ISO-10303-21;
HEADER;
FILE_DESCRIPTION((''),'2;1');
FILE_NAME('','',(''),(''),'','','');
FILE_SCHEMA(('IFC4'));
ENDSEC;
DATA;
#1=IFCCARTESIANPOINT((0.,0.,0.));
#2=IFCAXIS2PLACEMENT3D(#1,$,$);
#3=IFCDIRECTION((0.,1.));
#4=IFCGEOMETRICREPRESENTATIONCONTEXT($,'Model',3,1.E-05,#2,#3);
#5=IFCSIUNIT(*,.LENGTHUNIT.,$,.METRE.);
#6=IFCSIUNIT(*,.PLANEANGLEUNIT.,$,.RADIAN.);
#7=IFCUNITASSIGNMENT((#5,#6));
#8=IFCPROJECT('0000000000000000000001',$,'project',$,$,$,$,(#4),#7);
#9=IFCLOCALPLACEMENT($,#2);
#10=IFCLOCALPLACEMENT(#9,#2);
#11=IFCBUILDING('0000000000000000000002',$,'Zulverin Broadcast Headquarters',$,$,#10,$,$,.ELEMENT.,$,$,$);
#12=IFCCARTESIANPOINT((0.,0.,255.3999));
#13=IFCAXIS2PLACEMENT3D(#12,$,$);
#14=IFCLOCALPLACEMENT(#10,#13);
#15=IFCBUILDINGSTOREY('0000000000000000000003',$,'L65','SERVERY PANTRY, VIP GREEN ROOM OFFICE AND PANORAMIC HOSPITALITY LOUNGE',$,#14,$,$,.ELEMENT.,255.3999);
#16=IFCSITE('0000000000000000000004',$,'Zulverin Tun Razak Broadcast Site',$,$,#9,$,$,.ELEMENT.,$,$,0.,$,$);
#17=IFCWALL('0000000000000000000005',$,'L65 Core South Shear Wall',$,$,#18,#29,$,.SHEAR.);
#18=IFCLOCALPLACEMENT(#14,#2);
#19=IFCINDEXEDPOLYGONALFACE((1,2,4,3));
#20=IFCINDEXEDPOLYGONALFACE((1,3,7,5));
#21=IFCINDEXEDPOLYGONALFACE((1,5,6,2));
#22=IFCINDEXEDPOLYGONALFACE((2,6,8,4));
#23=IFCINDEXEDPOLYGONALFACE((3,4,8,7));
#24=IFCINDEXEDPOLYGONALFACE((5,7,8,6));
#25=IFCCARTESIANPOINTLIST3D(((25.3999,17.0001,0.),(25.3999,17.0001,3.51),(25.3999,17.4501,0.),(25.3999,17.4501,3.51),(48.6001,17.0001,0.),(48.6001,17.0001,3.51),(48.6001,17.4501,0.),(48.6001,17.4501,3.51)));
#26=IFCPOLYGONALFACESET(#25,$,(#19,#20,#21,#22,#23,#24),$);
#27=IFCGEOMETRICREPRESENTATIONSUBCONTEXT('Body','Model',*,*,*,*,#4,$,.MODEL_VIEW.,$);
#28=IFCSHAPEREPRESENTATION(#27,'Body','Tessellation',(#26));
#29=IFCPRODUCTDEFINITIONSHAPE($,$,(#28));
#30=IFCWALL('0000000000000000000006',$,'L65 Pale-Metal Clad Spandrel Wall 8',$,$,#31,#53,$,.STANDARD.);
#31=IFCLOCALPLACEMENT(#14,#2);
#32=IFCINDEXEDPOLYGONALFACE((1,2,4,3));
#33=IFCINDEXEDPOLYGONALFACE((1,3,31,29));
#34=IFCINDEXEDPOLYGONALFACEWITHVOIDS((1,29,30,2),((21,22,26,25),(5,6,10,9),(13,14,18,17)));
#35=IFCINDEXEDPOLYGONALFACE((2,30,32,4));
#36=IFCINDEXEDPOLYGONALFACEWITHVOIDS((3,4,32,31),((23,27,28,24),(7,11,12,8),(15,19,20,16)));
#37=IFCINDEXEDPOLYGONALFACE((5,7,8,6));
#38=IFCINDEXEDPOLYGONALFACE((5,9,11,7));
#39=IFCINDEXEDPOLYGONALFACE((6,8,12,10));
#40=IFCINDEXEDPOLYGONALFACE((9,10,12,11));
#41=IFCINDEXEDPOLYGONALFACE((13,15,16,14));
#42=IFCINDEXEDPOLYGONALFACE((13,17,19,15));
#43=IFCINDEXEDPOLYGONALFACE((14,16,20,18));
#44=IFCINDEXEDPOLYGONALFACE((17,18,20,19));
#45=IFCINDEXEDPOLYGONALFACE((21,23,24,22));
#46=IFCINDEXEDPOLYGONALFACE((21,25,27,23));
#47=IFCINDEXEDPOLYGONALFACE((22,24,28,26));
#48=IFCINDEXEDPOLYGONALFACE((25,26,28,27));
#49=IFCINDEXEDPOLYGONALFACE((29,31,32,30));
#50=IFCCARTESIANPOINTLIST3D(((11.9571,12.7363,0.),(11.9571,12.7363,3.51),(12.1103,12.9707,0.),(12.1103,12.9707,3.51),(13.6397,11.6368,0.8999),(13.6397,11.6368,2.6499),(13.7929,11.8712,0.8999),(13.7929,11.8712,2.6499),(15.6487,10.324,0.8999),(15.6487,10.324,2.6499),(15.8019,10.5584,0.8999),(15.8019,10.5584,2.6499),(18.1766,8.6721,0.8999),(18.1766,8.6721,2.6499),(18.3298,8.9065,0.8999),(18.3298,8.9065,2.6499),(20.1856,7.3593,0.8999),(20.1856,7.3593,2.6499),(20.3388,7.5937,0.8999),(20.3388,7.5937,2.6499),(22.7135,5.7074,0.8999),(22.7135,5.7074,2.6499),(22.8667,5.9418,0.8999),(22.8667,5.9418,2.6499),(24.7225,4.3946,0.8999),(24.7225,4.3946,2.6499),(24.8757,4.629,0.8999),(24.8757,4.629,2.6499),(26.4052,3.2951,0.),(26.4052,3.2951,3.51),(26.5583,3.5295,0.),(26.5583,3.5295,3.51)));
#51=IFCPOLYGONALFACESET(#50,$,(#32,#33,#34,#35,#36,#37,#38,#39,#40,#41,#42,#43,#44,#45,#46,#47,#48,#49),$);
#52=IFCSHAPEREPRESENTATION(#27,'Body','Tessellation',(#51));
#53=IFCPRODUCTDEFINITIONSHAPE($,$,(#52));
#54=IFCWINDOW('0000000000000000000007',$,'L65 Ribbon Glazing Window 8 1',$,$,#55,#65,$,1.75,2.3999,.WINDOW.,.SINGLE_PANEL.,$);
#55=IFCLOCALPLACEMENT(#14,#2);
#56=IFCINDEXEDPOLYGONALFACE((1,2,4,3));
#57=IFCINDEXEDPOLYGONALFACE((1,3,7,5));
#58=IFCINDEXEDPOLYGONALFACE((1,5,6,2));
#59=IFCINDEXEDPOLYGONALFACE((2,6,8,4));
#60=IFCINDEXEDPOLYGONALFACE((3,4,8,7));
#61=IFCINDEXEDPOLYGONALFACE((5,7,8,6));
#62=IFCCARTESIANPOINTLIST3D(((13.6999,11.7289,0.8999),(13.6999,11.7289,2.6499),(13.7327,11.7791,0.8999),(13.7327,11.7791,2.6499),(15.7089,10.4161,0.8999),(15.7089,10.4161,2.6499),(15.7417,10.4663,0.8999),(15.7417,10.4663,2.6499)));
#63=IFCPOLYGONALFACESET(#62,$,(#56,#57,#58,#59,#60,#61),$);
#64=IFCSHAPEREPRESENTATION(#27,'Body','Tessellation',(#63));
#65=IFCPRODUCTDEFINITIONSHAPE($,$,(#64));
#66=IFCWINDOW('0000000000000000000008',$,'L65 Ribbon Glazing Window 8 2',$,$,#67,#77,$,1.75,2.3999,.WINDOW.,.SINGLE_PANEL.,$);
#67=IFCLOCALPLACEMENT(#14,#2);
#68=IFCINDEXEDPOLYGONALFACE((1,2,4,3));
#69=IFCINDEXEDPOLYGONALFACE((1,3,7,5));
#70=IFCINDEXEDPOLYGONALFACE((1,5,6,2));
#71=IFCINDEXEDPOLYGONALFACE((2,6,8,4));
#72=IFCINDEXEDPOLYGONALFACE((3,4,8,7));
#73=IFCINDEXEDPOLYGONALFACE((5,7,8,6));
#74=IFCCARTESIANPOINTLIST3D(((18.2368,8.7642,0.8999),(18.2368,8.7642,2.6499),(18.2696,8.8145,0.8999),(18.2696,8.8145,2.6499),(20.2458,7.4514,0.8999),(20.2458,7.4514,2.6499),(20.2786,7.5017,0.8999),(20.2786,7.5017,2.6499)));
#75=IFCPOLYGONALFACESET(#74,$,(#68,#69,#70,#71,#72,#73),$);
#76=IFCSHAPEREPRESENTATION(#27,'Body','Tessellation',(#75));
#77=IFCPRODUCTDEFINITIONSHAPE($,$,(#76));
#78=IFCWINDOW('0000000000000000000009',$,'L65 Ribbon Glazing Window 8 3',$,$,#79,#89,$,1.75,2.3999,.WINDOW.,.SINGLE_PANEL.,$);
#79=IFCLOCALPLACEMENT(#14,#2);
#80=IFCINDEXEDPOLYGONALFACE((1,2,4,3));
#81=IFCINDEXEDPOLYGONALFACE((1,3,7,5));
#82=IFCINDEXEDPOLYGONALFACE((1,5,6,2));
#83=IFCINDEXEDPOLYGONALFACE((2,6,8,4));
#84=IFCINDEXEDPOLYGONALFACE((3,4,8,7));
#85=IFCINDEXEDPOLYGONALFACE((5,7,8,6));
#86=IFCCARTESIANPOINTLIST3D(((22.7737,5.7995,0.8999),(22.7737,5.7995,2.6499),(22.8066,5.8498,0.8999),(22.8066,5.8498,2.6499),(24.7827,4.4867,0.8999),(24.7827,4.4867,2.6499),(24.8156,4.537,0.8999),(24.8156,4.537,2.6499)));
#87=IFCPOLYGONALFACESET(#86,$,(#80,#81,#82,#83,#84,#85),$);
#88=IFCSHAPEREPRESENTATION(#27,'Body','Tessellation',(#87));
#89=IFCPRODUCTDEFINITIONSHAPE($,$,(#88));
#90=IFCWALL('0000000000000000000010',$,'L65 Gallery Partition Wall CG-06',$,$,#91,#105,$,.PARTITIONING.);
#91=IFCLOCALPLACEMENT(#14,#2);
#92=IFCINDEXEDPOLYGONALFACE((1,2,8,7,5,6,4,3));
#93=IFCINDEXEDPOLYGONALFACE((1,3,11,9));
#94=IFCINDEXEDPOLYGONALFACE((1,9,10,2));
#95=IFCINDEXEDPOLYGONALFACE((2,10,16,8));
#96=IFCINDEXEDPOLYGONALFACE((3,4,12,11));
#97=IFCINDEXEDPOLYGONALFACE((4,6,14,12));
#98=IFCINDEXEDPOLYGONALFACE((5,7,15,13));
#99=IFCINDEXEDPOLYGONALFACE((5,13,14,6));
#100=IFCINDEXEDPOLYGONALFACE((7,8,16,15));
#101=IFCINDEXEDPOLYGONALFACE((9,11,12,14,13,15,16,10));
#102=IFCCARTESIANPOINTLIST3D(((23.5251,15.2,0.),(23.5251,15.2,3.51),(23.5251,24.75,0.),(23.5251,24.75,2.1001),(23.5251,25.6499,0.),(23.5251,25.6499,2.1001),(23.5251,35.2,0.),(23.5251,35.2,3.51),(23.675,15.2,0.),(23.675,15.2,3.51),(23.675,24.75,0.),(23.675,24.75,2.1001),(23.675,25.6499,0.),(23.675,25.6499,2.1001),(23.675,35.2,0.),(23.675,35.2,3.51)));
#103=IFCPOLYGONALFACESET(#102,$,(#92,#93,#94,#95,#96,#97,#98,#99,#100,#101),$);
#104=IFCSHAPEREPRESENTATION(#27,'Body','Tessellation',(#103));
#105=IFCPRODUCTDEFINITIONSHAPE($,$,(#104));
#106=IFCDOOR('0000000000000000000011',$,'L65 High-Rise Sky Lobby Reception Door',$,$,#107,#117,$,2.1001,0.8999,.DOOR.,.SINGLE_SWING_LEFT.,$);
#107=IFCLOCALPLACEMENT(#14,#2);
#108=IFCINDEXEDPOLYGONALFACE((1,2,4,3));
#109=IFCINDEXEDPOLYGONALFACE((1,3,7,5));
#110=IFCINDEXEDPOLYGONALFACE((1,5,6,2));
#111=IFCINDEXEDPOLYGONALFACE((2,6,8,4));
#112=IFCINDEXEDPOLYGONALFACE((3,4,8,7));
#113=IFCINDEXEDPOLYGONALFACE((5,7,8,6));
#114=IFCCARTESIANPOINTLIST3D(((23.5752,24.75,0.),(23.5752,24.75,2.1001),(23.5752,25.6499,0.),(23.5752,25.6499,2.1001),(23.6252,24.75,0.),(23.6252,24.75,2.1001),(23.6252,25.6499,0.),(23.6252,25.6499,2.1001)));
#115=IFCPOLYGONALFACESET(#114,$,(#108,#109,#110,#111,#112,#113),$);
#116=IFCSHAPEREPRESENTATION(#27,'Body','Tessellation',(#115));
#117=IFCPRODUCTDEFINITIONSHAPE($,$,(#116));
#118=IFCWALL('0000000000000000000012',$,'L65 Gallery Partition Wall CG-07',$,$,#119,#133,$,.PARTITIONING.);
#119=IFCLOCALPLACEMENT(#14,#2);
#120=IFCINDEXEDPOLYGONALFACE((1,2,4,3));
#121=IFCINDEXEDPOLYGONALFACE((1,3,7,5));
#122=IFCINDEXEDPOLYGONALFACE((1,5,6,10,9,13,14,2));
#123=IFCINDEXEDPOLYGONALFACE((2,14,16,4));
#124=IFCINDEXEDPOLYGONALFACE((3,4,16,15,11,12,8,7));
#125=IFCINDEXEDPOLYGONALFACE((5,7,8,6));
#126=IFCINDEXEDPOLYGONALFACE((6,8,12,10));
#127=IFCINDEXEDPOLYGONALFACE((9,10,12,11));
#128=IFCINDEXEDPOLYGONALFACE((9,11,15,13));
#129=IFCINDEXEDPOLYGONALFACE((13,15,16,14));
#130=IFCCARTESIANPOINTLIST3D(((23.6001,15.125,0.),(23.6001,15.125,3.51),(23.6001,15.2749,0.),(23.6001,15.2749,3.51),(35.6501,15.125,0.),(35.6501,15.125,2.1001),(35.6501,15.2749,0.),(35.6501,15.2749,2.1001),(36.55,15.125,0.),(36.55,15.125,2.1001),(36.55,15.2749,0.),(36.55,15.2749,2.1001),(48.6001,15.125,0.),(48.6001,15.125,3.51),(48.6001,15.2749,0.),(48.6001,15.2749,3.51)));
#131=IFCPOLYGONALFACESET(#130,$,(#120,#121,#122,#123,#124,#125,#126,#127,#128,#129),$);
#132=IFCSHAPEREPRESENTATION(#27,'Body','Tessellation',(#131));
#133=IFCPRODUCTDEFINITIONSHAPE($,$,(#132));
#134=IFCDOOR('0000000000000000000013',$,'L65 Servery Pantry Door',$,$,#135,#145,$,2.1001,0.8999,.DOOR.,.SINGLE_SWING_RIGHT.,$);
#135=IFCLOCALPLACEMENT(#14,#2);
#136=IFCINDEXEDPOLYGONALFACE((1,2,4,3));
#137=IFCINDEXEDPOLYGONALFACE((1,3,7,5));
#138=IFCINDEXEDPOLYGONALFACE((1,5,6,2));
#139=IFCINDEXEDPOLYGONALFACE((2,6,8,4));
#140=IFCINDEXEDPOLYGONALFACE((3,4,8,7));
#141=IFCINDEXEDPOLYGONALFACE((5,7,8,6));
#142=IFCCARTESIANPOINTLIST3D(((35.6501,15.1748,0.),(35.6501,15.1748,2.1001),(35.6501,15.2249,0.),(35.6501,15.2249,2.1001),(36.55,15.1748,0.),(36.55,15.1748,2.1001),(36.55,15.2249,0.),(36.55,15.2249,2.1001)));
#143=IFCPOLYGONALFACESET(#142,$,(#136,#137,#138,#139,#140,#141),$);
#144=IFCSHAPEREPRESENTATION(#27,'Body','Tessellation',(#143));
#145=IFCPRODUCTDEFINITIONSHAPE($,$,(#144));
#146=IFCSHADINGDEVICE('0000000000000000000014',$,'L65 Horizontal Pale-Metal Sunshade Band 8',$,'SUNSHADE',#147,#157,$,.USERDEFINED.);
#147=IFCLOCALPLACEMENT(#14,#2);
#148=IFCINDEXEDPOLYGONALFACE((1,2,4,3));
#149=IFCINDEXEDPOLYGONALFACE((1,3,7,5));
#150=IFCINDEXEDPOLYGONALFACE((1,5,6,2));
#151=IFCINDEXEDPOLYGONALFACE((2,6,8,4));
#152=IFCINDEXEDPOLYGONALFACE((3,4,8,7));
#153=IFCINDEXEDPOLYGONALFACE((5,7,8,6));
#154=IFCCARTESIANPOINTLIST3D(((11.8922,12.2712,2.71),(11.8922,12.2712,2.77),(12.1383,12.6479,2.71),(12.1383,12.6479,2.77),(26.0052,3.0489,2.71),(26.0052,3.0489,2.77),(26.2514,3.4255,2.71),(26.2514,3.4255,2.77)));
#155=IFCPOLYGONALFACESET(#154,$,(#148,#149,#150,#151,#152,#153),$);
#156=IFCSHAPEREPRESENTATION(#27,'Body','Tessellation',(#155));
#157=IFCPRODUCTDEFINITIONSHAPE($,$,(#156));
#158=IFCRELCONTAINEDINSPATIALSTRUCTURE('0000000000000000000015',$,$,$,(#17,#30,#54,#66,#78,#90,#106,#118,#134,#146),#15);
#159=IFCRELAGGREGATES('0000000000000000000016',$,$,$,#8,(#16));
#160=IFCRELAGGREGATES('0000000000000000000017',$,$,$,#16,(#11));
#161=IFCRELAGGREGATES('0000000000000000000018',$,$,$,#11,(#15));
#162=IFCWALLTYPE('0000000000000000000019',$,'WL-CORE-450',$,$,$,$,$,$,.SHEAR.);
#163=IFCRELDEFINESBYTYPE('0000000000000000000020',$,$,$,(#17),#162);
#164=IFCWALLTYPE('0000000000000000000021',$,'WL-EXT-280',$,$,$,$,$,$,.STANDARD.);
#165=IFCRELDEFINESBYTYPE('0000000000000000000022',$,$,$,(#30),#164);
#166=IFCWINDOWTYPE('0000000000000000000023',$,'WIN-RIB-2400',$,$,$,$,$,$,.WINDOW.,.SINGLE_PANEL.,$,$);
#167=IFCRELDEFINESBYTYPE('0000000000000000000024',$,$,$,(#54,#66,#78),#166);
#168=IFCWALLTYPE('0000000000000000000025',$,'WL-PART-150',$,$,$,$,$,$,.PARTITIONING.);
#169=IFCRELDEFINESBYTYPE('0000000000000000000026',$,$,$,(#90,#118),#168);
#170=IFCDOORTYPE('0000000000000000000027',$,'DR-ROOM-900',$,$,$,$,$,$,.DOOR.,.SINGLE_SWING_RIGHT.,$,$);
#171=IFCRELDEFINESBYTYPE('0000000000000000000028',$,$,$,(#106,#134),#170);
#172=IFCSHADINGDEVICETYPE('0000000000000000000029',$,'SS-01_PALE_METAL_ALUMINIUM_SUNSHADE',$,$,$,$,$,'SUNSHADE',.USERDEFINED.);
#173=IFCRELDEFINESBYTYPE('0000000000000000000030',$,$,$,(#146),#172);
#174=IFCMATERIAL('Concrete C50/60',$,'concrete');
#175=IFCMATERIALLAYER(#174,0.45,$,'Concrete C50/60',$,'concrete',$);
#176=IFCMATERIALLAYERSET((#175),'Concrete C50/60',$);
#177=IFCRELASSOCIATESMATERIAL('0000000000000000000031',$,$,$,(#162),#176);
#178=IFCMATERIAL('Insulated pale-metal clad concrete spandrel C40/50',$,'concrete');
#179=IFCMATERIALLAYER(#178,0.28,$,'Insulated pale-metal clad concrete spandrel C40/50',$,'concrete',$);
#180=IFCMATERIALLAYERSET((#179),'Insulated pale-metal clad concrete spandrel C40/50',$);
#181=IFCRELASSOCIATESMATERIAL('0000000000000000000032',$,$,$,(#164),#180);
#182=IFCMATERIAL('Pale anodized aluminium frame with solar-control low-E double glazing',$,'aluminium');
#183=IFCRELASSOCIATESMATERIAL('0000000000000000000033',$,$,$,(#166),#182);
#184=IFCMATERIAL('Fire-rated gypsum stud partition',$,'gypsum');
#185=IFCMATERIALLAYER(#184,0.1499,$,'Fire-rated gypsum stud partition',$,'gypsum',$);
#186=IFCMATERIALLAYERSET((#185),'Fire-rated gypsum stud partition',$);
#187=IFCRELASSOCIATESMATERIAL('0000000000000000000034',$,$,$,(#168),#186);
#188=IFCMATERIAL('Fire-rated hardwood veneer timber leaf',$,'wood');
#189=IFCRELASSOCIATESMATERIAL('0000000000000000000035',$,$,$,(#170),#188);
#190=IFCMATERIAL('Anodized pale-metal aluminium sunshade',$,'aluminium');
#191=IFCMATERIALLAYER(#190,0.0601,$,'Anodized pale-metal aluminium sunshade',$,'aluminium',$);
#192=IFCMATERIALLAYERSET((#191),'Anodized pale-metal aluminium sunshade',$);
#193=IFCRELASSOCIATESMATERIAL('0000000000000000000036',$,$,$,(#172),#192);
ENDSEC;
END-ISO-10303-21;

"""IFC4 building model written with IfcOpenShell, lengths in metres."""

from ifc_helpers import new_model, si_unit, direction, frame, frame_2d, origin, origin_2d, place, context, subcontext, project, spatial, rectangle, extrude, material, layer, layer_set, type_object, element, fill, save


model = new_model("IFC4")

# Units and contexts
model_context = context("Model", 3, precision=1e-05, world=origin(), true_north=direction((0.0, 1.0)))
body_context = subcontext(model_context, "Body", "Model", "MODEL_VIEW")
ifc_project = project(units=[si_unit("LENGTHUNIT", "METRE"), si_unit("PLANEANGLEUNIT", "RADIAN")], contexts=[model_context])

# Site, building, storey
site_placement = place(None, origin())
site = spatial("IfcSite", under=ifc_project, at=site_placement, Name="Zulverin Tun Razak Broadcast Site", CompositionType="ELEMENT", RefElevation=0.0)
building_placement = place(site_placement, origin())
building = spatial("IfcBuilding", under=site, at=building_placement, Name="Zulverin Broadcast Headquarters", CompositionType="ELEMENT")
storey_placement = place(building_placement, frame((0.0, 0.0, 255.3999)))
storey = spatial("IfcBuildingStorey", under=building, at=storey_placement, Name="L65", Description="SERVERY PANTRY, VIP GREEN ROOM OFFICE AND PANORAMIC HOSPITALITY LOUNGE", CompositionType="ELEMENT", Elevation=255.3999)

# Shared definitions
ifc_material_1 = material(Name="Concrete C50/60", Category="concrete")

# Wall
ifc_layer_1 = layer(ifc_material_1, 0.45, Name="Concrete C50/60", Category="concrete")
ifc_layer_set_1 = layer_set([ifc_layer_1], Name="Concrete C50/60")
wall_type_1 = type_object("IfcWallType", Name="WL-CORE-450", PredefinedType="SHEAR", material=ifc_layer_set_1)
wall_1_placement = place(storey_placement, frame((25.3999, 17.2251, 0.0), z_axis=(0.0, 0.0, 1.0), x_axis=(1.0, 0.0, 0.0)))
element("IfcWall", 1, at=wall_1_placement, inside=storey, type_object=wall_type_1, Name="L65 Core South Shear Wall", PredefinedType="SHEAR", context=body_context, shape_type="SweptSolid", body=[
    extrude(rectangle(XDim=23.2002, YDim=0.45, at=frame_2d((11.6001, 0.0))), origin(), (0.0, 0.0, 1.0), 3.51),
])

# Wall, openings, windows
ifc_material_2 = material(Name="Insulated pale-metal clad concrete spandrel C40/50", Category="concrete")
ifc_layer_2 = layer(ifc_material_2, 0.28, Name="Insulated pale-metal clad concrete spandrel C40/50", Category="concrete")
ifc_layer_set_2 = layer_set([ifc_layer_2], Name="Insulated pale-metal clad concrete spandrel C40/50")
wall_type_2 = type_object("IfcWallType", Name="WL-EXT-280", PredefinedType="STANDARD", material=ifc_layer_set_2)
wall_2_placement = place(storey_placement, frame((12.0337, 12.8535, 0.0), z_axis=(0.0, 0.0, 1.0), x_axis=(0.837118, -0.547022, 0.0)))
wall_2 = element("IfcWall", 2, at=wall_2_placement, inside=storey, type_object=wall_type_2, Name="L65 Pale-Metal Clad Spandrel Wall 8", PredefinedType="STANDARD", context=body_context, shape_type="SweptSolid", body=[
    extrude(rectangle(XDim=17.2593, YDim=0.28, at=frame_2d((8.6296, 0.0))), origin(), (0.0, 0.0, 1.0), 3.51),
])
opening_1_placement = place(wall_2_placement, frame((2.01, 0.0, 0.8999)))
opening_1 = element("IfcOpeningElement", 3, at=opening_1_placement, cuts=wall_2, PredefinedType="OPENING", context=body_context, shape_type="SweptSolid", body=[
    extrude(rectangle(XDim=2.3999, YDim=1.75, at=frame_2d((1.2, 0.875))), frame((0.0, 0.1499, 0.0), z_axis=(0.0, -1.0, 0.0), x_axis=(1.0, 0.0, 0.0)), (0.0, 0.0, 1.0), 0.3),
])
opening_2_placement = place(wall_2_placement, frame((7.4297, 0.0, 0.8999)))
opening_2 = element("IfcOpeningElement", 4, at=opening_2_placement, cuts=wall_2, PredefinedType="OPENING", context=body_context, shape_type="SweptSolid", body=[
    extrude(rectangle(XDim=2.3999, YDim=1.75, at=frame_2d((1.2, 0.875))), frame((0.0, 0.1499, 0.0), z_axis=(0.0, -1.0, 0.0), x_axis=(1.0, 0.0, 0.0)), (0.0, 0.0, 1.0), 0.3),
])
opening_3_placement = place(wall_2_placement, frame((12.8494, 0.0, 0.8999)))
opening_3 = element("IfcOpeningElement", 5, at=opening_3_placement, cuts=wall_2, PredefinedType="OPENING", context=body_context, shape_type="SweptSolid", body=[
    extrude(rectangle(XDim=2.3999, YDim=1.75, at=frame_2d((1.2, 0.875))), frame((0.0, 0.1499, 0.0), z_axis=(0.0, -1.0, 0.0), x_axis=(1.0, 0.0, 0.0)), (0.0, 0.0, 1.0), 0.3),
])
ifc_material_3 = material(Name="Pale anodized aluminium frame with solar-control low-E double glazing", Category="aluminium")
window_type = type_object("IfcWindowType", Name="WIN-RIB-2400", PartitioningType="SINGLE_PANEL", PredefinedType="WINDOW", material=ifc_material_3)
window_1_placement = place(opening_1_placement, origin())
window_1 = element("IfcWindow", 6, at=window_1_placement, inside=storey, type_object=window_type, Name="L65 Ribbon Glazing Window 8 1", OverallHeight=1.75, OverallWidth=2.3999, PartitioningType="SINGLE_PANEL", PredefinedType="WINDOW", context=body_context, shape_type="SweptSolid", body=[
    extrude(rectangle(XDim=2.3999, YDim=1.75, at=frame_2d((1.2, 0.875))), frame((0.0, 0.03, 0.0), z_axis=(0.0, -1.0, 0.0), x_axis=(1.0, 0.0, 0.0)), (0.0, 0.0, 1.0), 0.0601),
])
fill(opening_1, window_1)
window_2_placement = place(opening_2_placement, origin())
window_2 = element("IfcWindow", 7, at=window_2_placement, inside=storey, type_object=window_type, Name="L65 Ribbon Glazing Window 8 2", OverallHeight=1.75, OverallWidth=2.3999, PartitioningType="SINGLE_PANEL", PredefinedType="WINDOW", context=body_context, shape_type="SweptSolid", body=[
    extrude(rectangle(XDim=2.3999, YDim=1.75, at=frame_2d((1.2, 0.875))), frame((0.0, 0.03, 0.0), z_axis=(0.0, -1.0, 0.0), x_axis=(1.0, 0.0, 0.0)), (0.0, 0.0, 1.0), 0.0601),
])
fill(opening_2, window_2)
window_3_placement = place(opening_3_placement, origin())
window_3 = element("IfcWindow", 8, at=window_3_placement, inside=storey, type_object=window_type, Name="L65 Ribbon Glazing Window 8 3", OverallHeight=1.75, OverallWidth=2.3999, PartitioningType="SINGLE_PANEL", PredefinedType="WINDOW", context=body_context, shape_type="SweptSolid", body=[
    extrude(rectangle(XDim=2.3999, YDim=1.75, at=frame_2d((1.2, 0.875))), frame((0.0, 0.03, 0.0), z_axis=(0.0, -1.0, 0.0), x_axis=(1.0, 0.0, 0.0)), (0.0, 0.0, 1.0), 0.0601),
])
fill(opening_3, window_3)

# Walls, openings, doors
ifc_material_4 = material(Name="Fire-rated gypsum stud partition", Category="gypsum")
ifc_layer_3 = layer(ifc_material_4, 0.1499, Name="Fire-rated gypsum stud partition", Category="gypsum")
ifc_layer_set_3 = layer_set([ifc_layer_3], Name="Fire-rated gypsum stud partition")
wall_type_3 = type_object("IfcWallType", Name="WL-PART-150", PredefinedType="PARTITIONING", material=ifc_layer_set_3)
wall_3_placement = place(storey_placement, frame((23.6001, 15.2, 0.0), z_axis=(0.0, 0.0, 1.0), x_axis=(0.0, 1.0, 0.0)))
wall_3 = element("IfcWall", 9, at=wall_3_placement, inside=storey, type_object=wall_type_3, Name="L65 Gallery Partition Wall CG-06", PredefinedType="PARTITIONING", context=body_context, shape_type="SweptSolid", body=[
    extrude(rectangle(XDim=20.0, YDim=0.1499, at=frame_2d((10.0, 0.0))), origin(), (0.0, 0.0, 1.0), 3.51),
])
opening_4_placement = place(wall_3_placement, frame((9.55, 0.0, 0.0)))
opening_4 = element("IfcOpeningElement", 10, at=opening_4_placement, cuts=wall_3, PredefinedType="OPENING", context=body_context, shape_type="SweptSolid", body=[
    extrude(rectangle(XDim=0.8999, YDim=2.1001, at=frame_2d((0.45, 1.05))), frame((0.0, 0.085, 0.0), z_axis=(0.0, -1.0, 0.0), x_axis=(1.0, 0.0, 0.0)), (0.0, 0.0, 1.0), 0.1699),
])
ifc_material_5 = material(Name="Fire-rated hardwood veneer timber leaf", Category="wood")
door_type_1 = type_object("IfcDoorType", Name="DR-ROOM-900", OperationType="SINGLE_SWING_RIGHT", PredefinedType="DOOR", material=ifc_material_5)
door_1_placement = place(opening_4_placement, origin())
door_1 = element("IfcDoor", 11, at=door_1_placement, inside=storey, type_object=door_type_1, Name="L65 High-Rise Sky Lobby Reception Door", OperationType="SINGLE_SWING_LEFT", OverallHeight=2.1001, OverallWidth=0.8999, PredefinedType="DOOR", context=body_context, shape_type="SweptSolid", body=[
    extrude(rectangle(XDim=0.8999, YDim=2.1001, at=frame_2d((0.45, 1.05))), frame((0.0, 0.0249, 0.0), z_axis=(0.0, -1.0, 0.0), x_axis=(1.0, 0.0, 0.0)), (0.0, 0.0, 1.0), 0.05),
])
fill(opening_4, door_1)
wall_4_placement = place(storey_placement, frame((23.6001, 15.2, 0.0), z_axis=(0.0, 0.0, 1.0), x_axis=(1.0, 0.0, 0.0)))
wall_4 = element("IfcWall", 12, at=wall_4_placement, inside=storey, type_object=wall_type_3, Name="L65 Gallery Partition Wall CG-07", PredefinedType="PARTITIONING", context=body_context, shape_type="SweptSolid", body=[
    extrude(rectangle(XDim=25.0, YDim=0.1499, at=frame_2d((12.5, 0.0))), origin(), (0.0, 0.0, 1.0), 3.51),
])
opening_5_placement = place(wall_4_placement, frame((12.05, 0.0, 0.0)))
opening_5 = element("IfcOpeningElement", 13, at=opening_5_placement, cuts=wall_4, PredefinedType="OPENING", context=body_context, shape_type="SweptSolid", body=[
    extrude(rectangle(XDim=0.8999, YDim=2.1001, at=frame_2d((0.45, 1.05))), frame((0.0, 0.085, 0.0), z_axis=(0.0, -1.0, 0.0), x_axis=(1.0, 0.0, 0.0)), (0.0, 0.0, 1.0), 0.1699),
])
door_2_placement = place(opening_5_placement, origin())
door_2 = element("IfcDoor", 14, at=door_2_placement, inside=storey, type_object=door_type_1, Name="L65 Servery Pantry Door", OperationType="SINGLE_SWING_RIGHT", OverallHeight=2.1001, OverallWidth=0.8999, PredefinedType="DOOR", context=body_context, shape_type="SweptSolid", body=[
    extrude(rectangle(XDim=0.8999, YDim=2.1001, at=frame_2d((0.45, 1.05))), frame((0.0, 0.0249, 0.0), z_axis=(0.0, -1.0, 0.0), x_axis=(1.0, 0.0, 0.0)), (0.0, 0.0, 1.0), 0.05),
])
fill(opening_5, door_2)

# Shading device
ifc_material_6 = material(Name="Anodized pale-metal aluminium sunshade", Category="aluminium")
ifc_layer_4 = layer(ifc_material_6, 0.0601, Name="Anodized pale-metal aluminium sunshade", Category="aluminium")
ifc_layer_set_4 = layer_set([ifc_layer_4], Name="Anodized pale-metal aluminium sunshade")
shading_device_type = type_object("IfcShadingDeviceType", Name="SS-01_PALE_METAL_ALUMINIUM_SUNSHADE", ElementType="SUNSHADE", PredefinedType="USERDEFINED", material=ifc_layer_set_4)
shading_device_placement = place(storey_placement, frame((19.0718, 7.8484, 2.71), z_axis=(0.0, 0.0, 1.0), x_axis=(0.837116, -0.547026, 0.0)))
element("IfcShadingDevice", 15, at=shading_device_placement, inside=storey, type_object=shading_device_type, Name="L65 Horizontal Pale-Metal Sunshade Band 8", ObjectType="SUNSHADE", PredefinedType="USERDEFINED", context=body_context, shape_type="SweptSolid", body=[
    extrude(rectangle(XDim=16.8591, YDim=0.45, at=origin_2d()), origin(), (0.0, 0.0, 1.0), 0.0601),
])

save(model, "model.ifc")
